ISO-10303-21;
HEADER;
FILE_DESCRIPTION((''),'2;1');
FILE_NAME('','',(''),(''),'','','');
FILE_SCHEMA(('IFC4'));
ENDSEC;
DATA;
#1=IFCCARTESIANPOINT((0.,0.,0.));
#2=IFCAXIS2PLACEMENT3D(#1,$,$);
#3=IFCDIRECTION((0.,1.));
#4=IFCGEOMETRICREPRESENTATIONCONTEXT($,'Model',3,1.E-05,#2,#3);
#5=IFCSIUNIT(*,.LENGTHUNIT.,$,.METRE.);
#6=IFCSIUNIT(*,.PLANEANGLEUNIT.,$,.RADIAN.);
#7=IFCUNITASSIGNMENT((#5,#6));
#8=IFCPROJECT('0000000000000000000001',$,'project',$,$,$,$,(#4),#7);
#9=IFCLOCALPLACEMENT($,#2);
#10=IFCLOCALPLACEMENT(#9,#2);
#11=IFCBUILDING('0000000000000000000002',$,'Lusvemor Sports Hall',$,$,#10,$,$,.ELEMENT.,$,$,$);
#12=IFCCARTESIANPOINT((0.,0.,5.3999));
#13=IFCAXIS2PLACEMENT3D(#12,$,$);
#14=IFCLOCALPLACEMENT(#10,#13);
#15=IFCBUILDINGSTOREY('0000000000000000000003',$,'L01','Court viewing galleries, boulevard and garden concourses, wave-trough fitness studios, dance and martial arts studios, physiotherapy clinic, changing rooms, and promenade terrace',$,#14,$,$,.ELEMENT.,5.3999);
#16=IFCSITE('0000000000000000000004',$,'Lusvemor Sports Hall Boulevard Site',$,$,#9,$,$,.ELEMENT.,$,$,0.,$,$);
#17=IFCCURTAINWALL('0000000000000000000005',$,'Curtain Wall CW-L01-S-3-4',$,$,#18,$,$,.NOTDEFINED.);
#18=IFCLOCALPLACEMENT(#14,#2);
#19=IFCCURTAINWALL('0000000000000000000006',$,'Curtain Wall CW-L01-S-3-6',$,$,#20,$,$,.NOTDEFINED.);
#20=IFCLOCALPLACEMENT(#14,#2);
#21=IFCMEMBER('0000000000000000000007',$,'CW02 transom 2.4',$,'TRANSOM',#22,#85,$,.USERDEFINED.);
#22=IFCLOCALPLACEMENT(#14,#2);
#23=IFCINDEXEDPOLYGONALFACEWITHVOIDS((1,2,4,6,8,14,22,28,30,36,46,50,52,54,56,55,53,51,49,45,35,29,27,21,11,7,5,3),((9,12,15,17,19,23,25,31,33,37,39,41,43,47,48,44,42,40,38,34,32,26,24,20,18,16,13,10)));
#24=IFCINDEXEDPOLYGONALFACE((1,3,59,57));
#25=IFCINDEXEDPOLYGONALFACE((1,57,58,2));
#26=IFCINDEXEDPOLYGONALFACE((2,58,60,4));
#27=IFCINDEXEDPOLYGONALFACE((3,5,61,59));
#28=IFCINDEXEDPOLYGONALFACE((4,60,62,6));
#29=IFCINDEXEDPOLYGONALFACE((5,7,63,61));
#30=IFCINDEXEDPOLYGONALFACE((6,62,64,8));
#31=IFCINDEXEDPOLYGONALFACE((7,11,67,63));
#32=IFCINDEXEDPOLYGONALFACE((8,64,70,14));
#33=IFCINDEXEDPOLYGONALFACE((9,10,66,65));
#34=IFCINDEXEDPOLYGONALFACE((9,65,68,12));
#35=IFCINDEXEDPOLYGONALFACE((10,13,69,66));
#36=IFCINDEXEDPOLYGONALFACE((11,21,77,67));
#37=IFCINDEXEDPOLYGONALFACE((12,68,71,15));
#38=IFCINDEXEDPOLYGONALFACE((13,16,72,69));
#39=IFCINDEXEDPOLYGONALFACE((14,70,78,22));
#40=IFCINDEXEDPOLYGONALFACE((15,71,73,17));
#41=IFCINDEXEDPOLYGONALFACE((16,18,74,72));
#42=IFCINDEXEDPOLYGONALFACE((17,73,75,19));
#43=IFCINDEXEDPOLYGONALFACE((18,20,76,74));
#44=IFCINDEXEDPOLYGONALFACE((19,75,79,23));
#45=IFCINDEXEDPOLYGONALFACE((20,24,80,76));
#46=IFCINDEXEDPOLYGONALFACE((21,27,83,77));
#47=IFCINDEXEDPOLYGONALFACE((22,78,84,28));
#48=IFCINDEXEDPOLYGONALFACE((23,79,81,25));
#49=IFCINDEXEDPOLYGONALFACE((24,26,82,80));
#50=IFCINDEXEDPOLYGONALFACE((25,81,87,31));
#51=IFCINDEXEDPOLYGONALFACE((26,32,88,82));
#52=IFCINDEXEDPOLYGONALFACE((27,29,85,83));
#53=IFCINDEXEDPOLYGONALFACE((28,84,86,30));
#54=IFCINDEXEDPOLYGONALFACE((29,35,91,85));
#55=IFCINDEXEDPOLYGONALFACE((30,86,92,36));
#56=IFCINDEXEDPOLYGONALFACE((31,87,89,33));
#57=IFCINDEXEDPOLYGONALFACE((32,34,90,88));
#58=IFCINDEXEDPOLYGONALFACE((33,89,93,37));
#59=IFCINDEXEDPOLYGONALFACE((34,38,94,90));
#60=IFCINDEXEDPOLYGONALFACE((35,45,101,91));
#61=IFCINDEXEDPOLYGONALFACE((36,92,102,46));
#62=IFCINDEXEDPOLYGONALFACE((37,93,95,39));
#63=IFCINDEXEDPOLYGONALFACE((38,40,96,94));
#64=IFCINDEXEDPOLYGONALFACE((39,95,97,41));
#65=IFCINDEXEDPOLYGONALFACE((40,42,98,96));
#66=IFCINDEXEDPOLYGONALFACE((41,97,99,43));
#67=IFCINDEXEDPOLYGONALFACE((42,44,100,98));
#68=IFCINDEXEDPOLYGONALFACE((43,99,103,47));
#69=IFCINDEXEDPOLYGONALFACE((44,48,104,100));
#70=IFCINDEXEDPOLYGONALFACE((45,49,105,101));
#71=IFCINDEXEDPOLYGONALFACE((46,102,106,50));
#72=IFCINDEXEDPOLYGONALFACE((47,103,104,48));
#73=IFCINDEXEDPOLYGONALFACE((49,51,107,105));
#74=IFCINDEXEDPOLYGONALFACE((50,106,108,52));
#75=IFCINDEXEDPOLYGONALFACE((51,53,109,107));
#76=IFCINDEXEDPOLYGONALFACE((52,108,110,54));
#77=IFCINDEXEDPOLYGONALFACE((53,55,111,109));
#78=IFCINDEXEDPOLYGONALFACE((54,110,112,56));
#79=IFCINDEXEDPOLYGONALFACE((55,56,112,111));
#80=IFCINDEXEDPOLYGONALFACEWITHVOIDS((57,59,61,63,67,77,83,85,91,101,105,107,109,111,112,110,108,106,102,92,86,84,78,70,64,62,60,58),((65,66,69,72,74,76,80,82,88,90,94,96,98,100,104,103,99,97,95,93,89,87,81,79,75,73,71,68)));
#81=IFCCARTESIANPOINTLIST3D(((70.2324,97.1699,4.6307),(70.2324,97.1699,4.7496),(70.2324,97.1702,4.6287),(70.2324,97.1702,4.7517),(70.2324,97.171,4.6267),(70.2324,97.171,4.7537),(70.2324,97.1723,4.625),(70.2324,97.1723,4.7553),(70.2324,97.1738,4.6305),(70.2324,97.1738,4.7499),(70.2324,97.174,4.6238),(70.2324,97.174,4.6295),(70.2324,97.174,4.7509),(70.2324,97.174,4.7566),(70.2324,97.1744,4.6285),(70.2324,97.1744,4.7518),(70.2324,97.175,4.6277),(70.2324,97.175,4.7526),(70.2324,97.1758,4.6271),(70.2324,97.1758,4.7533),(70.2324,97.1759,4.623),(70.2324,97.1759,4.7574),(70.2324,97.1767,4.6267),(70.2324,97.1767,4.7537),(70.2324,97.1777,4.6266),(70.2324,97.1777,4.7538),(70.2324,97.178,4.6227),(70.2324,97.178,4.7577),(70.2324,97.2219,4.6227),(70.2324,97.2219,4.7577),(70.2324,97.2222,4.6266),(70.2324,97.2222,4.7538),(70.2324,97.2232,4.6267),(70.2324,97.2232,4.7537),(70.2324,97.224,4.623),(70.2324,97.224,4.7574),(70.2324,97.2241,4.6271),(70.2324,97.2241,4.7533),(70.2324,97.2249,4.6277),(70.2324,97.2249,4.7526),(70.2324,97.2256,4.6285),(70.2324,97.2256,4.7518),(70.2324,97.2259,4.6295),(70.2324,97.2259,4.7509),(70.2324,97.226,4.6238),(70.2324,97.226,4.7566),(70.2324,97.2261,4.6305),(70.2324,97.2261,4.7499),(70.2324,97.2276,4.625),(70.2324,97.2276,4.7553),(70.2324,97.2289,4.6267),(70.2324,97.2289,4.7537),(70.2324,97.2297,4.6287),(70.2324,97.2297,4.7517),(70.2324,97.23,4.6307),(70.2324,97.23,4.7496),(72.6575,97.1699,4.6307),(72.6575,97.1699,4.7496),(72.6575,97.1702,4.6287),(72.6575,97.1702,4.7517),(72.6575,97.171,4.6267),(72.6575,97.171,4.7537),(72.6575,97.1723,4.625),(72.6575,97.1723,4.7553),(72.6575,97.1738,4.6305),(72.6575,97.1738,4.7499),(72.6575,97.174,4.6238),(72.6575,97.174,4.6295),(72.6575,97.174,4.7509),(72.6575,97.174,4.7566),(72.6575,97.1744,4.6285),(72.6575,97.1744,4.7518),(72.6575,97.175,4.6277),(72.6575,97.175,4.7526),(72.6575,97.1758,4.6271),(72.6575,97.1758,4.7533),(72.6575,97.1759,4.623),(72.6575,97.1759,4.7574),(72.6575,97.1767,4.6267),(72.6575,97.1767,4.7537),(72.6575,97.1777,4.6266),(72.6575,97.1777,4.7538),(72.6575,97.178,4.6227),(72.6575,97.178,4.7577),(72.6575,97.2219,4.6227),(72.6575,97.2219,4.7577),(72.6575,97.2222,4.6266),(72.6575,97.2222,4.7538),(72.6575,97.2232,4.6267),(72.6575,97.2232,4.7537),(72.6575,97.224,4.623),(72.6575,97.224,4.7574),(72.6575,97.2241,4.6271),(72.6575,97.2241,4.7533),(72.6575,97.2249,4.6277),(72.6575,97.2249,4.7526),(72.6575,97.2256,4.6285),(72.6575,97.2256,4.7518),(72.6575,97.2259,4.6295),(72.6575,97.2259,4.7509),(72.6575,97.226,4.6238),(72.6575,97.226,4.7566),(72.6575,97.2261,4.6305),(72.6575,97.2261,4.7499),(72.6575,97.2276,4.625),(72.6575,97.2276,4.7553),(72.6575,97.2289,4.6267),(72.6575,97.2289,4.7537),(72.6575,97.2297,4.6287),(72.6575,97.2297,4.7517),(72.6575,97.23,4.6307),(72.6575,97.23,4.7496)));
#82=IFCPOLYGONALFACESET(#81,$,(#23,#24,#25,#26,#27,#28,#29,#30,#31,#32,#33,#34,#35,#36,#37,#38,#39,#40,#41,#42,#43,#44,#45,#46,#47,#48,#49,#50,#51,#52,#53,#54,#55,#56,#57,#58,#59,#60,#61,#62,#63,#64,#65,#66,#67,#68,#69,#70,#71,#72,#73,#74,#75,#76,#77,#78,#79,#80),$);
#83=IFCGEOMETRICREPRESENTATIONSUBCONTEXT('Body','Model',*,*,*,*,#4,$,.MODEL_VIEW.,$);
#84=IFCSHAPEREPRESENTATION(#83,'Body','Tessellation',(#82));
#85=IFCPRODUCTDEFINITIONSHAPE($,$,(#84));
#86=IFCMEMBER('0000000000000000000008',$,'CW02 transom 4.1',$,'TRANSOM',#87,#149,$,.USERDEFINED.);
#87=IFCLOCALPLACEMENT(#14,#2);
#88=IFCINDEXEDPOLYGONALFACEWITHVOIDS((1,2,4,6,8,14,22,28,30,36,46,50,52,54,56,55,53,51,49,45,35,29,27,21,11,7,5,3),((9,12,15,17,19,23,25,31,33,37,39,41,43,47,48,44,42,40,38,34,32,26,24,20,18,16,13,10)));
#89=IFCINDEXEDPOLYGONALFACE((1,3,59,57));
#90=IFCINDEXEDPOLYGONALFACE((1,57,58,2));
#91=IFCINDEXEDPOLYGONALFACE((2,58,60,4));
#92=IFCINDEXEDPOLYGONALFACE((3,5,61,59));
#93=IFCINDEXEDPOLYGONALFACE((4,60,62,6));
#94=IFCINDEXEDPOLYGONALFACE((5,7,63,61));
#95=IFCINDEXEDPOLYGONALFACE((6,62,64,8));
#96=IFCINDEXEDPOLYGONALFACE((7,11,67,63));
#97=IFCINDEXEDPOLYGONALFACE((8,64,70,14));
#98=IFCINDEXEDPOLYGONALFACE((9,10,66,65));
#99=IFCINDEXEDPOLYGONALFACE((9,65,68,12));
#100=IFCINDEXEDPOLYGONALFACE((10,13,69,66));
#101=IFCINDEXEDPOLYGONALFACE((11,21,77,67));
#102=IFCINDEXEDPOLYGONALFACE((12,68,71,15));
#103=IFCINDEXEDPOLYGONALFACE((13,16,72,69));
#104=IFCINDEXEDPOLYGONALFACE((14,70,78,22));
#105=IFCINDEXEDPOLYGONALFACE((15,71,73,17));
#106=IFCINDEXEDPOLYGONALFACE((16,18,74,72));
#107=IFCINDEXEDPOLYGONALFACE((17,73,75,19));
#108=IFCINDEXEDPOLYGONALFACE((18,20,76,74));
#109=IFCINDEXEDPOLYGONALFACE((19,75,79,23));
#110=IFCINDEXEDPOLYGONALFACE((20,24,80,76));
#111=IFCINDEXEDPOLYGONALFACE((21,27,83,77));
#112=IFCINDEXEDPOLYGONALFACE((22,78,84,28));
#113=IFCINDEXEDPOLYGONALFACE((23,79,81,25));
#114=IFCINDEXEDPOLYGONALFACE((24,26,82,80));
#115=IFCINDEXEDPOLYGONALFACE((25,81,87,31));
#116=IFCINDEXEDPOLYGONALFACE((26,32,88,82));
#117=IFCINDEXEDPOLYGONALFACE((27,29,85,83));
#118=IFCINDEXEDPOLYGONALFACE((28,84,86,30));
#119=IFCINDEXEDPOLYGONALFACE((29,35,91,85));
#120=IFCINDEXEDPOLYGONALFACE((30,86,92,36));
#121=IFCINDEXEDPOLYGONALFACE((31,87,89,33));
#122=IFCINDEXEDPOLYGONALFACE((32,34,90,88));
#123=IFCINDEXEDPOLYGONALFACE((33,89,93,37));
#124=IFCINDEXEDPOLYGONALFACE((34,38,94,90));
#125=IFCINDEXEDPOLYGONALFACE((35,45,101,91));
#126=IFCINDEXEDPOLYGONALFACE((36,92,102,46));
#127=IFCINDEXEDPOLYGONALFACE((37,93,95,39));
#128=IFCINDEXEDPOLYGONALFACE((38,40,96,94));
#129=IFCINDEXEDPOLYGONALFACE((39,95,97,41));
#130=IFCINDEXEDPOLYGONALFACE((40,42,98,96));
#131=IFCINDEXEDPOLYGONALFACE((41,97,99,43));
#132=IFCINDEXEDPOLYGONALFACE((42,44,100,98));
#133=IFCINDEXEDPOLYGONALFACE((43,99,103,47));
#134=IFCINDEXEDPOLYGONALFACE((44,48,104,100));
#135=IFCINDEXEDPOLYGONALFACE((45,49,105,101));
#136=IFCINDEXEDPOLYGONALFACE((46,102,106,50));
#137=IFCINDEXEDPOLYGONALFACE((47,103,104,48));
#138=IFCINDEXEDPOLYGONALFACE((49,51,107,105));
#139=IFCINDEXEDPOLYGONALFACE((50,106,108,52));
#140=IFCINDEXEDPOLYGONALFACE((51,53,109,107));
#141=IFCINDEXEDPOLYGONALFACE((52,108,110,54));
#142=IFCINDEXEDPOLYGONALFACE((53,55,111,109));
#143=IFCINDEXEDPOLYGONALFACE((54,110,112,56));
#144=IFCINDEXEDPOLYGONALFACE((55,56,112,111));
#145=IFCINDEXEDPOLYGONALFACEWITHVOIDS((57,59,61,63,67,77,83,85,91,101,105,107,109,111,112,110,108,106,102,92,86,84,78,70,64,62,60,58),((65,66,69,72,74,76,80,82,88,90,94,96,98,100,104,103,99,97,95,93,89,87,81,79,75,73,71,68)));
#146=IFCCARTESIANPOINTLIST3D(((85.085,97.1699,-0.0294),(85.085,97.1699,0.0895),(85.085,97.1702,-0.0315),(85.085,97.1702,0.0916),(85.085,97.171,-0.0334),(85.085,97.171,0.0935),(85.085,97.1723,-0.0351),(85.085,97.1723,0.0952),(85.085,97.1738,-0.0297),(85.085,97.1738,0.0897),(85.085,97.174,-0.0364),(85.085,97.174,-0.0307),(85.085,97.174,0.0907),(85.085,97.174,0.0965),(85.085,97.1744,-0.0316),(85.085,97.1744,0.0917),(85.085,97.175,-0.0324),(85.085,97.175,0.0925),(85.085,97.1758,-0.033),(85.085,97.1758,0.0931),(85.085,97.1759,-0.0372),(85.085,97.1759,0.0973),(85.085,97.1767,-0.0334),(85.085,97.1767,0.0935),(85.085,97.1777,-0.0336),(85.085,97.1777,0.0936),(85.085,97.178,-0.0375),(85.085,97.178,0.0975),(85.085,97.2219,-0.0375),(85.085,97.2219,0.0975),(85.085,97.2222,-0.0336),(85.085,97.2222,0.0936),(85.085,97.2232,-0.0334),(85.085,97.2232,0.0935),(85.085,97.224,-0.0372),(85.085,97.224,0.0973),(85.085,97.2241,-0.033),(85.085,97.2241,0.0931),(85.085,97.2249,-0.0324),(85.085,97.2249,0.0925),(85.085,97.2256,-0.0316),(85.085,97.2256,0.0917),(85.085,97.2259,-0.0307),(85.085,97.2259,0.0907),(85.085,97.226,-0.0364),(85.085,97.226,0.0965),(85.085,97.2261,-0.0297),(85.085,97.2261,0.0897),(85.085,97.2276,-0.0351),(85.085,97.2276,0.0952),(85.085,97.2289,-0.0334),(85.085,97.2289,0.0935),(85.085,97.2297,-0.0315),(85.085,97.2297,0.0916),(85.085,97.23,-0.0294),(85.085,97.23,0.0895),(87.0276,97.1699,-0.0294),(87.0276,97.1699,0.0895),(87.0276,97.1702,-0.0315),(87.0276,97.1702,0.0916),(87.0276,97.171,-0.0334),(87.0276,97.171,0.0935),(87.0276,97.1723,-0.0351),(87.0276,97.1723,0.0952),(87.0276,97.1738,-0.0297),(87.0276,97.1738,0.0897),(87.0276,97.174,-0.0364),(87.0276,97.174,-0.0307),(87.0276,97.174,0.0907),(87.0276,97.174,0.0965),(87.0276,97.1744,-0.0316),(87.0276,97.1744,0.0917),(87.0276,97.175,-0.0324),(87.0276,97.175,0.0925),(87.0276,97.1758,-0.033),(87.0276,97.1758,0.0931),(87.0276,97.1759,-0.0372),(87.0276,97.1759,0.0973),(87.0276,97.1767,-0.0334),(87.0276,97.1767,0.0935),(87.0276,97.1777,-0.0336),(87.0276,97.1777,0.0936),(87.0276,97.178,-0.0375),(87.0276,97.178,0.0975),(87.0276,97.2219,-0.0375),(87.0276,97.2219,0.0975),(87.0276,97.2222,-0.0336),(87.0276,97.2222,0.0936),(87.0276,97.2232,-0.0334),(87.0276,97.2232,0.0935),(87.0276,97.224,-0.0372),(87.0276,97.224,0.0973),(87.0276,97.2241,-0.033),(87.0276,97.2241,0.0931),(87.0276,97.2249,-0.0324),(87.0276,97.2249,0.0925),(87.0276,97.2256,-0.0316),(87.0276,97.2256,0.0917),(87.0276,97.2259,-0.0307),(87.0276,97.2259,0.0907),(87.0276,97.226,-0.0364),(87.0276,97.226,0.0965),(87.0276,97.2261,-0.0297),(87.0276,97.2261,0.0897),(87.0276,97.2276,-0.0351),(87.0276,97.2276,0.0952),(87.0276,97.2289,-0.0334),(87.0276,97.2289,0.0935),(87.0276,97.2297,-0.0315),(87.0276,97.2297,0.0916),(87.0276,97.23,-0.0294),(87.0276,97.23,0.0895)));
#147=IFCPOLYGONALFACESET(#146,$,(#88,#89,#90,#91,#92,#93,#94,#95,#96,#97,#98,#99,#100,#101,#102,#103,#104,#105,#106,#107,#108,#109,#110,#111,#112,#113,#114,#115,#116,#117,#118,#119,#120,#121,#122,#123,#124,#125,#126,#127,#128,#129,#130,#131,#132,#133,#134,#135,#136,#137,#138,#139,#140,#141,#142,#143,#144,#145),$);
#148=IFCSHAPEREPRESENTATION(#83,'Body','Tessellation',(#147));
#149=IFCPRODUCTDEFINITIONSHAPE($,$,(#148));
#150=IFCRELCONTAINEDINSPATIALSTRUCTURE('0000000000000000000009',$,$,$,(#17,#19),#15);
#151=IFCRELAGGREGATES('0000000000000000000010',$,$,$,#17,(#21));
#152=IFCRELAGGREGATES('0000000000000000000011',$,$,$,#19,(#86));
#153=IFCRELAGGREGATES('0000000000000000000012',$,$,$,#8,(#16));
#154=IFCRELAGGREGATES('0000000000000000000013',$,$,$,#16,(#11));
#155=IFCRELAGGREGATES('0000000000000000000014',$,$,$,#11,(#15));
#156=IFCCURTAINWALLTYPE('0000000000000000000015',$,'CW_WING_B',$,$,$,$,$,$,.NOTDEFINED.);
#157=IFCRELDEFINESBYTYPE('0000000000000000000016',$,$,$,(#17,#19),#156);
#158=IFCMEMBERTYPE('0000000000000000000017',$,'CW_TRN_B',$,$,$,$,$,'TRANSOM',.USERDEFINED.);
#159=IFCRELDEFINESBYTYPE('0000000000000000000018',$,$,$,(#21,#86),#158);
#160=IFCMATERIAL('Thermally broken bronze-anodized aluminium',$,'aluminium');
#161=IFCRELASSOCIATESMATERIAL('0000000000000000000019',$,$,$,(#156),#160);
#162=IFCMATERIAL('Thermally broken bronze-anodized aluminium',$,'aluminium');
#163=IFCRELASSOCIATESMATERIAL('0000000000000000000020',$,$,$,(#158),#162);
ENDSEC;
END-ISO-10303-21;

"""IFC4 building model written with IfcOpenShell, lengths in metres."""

from ifc_helpers import new_model, si_unit, direction, frame, origin, origin_2d, place, context, subcontext, project, spatial, hollow_rectangle, extrude, material, material_profile, profile_set, type_object, element, aggregate, save


model = new_model("IFC4")

# Units and contexts
model_context = context("Model", 3, precision=1e-05, world=origin(), true_north=direction((0.0, 1.0)))
body_context = subcontext(model_context, "Body", "Model", "MODEL_VIEW")
ifc_project = project(units=[si_unit("LENGTHUNIT", "METRE"), si_unit("PLANEANGLEUNIT", "RADIAN")], contexts=[model_context])

# Site, building, storey
site_placement = place(None, origin())
site = spatial("IfcSite", under=ifc_project, at=site_placement, Name="Lusvemor Sports Hall Boulevard Site", CompositionType="ELEMENT", RefElevation=0.0)
building_placement = place(site_placement, origin())
building = spatial("IfcBuilding", under=site, at=building_placement, Name="Lusvemor Sports Hall", CompositionType="ELEMENT")
storey_placement = place(building_placement, frame((0.0, 0.0, 5.3999)))
storey = spatial("IfcBuildingStorey", under=building, at=storey_placement, Name="L01", Description="Court viewing galleries, boulevard and garden concourses, wave-trough fitness studios, dance and martial arts studios, physiotherapy clinic, changing rooms, and promenade terrace", CompositionType="ELEMENT", Elevation=5.3999)

# Curtain walls
ifc_material_1 = material(Name="Thermally broken bronze-anodized aluminium", Category="aluminium")
curtain_wall_type = type_object("IfcCurtainWallType", Name="CW_WING_B", PredefinedType="NOTDEFINED", material=ifc_material_1)
curtain_wall_1_placement = place(storey_placement, origin())
curtain_wall_1 = element("IfcCurtainWall", 1, at=curtain_wall_1_placement, inside=storey, type_object=curtain_wall_type, Name="Curtain Wall CW-L01-S-3-4", PredefinedType="NOTDEFINED")
curtain_wall_2_placement = place(storey_placement, origin())
curtain_wall_2 = element("IfcCurtainWall", 2, at=curtain_wall_2_placement, inside=storey, type_object=curtain_wall_type, Name="Curtain Wall CW-L01-S-3-6", PredefinedType="NOTDEFINED")

# Members
ifc_material_2 = material(Name="Thermally broken bronze-anodized aluminium", Category="aluminium")
ifc_material_profile_1 = material_profile(ifc_material_2, hollow_rectangle(XDim=0.0601, YDim=0.135, WallThickness=0.0039, InnerFilletRadius=0.0039, OuterFilletRadius=0.0081, at=origin_2d()), Name="CWTRN135x60x4")
ifc_profile_set_1 = profile_set([ifc_material_profile_1], Name="Thermally broken bronze-anodized aluminium")
member_type_1 = type_object("IfcMemberType", Name="CW_TRN_B", ElementType="TRANSOM", PredefinedType="USERDEFINED", material=ifc_profile_set_1)
member_1_placement = place(storey_placement, frame((72.6575, 97.2, 4.6902), z_axis=(-1.0, 0.0, 0.0), x_axis=(0.0, -1.0, 0.0)))
member_1 = element("IfcMember", 3, at=member_1_placement, type_object=member_type_1, Name="CW02 transom 2.4", ObjectType="TRANSOM", PredefinedType="USERDEFINED", context=body_context, shape_type="SweptSolid", body=[
    extrude(hollow_rectangle(XDim=0.0601, YDim=0.135, WallThickness=0.0039, InnerFilletRadius=0.0039, OuterFilletRadius=0.0081, at=origin_2d()), origin(), (0.0, 0.0, 1.0), 2.425),
])
member_2_placement = place(storey_placement, frame((87.0276, 97.2, 0.03), z_axis=(-1.0, 0.0, 0.0), x_axis=(0.0, -1.0, 0.0)))
member_2 = element("IfcMember", 4, at=member_2_placement, type_object=member_type_1, Name="CW02 transom 4.1", ObjectType="TRANSOM", PredefinedType="USERDEFINED", context=body_context, shape_type="SweptSolid", body=[
    extrude(hollow_rectangle(XDim=0.0601, YDim=0.135, WallThickness=0.0039, InnerFilletRadius=0.0039, OuterFilletRadius=0.0081, at=origin_2d()), origin(), (0.0, 0.0, 1.0), 1.9426),
])

aggregate(curtain_wall_1, [member_1])
aggregate(curtain_wall_2, [member_2])

save(model, "model.ifc")
